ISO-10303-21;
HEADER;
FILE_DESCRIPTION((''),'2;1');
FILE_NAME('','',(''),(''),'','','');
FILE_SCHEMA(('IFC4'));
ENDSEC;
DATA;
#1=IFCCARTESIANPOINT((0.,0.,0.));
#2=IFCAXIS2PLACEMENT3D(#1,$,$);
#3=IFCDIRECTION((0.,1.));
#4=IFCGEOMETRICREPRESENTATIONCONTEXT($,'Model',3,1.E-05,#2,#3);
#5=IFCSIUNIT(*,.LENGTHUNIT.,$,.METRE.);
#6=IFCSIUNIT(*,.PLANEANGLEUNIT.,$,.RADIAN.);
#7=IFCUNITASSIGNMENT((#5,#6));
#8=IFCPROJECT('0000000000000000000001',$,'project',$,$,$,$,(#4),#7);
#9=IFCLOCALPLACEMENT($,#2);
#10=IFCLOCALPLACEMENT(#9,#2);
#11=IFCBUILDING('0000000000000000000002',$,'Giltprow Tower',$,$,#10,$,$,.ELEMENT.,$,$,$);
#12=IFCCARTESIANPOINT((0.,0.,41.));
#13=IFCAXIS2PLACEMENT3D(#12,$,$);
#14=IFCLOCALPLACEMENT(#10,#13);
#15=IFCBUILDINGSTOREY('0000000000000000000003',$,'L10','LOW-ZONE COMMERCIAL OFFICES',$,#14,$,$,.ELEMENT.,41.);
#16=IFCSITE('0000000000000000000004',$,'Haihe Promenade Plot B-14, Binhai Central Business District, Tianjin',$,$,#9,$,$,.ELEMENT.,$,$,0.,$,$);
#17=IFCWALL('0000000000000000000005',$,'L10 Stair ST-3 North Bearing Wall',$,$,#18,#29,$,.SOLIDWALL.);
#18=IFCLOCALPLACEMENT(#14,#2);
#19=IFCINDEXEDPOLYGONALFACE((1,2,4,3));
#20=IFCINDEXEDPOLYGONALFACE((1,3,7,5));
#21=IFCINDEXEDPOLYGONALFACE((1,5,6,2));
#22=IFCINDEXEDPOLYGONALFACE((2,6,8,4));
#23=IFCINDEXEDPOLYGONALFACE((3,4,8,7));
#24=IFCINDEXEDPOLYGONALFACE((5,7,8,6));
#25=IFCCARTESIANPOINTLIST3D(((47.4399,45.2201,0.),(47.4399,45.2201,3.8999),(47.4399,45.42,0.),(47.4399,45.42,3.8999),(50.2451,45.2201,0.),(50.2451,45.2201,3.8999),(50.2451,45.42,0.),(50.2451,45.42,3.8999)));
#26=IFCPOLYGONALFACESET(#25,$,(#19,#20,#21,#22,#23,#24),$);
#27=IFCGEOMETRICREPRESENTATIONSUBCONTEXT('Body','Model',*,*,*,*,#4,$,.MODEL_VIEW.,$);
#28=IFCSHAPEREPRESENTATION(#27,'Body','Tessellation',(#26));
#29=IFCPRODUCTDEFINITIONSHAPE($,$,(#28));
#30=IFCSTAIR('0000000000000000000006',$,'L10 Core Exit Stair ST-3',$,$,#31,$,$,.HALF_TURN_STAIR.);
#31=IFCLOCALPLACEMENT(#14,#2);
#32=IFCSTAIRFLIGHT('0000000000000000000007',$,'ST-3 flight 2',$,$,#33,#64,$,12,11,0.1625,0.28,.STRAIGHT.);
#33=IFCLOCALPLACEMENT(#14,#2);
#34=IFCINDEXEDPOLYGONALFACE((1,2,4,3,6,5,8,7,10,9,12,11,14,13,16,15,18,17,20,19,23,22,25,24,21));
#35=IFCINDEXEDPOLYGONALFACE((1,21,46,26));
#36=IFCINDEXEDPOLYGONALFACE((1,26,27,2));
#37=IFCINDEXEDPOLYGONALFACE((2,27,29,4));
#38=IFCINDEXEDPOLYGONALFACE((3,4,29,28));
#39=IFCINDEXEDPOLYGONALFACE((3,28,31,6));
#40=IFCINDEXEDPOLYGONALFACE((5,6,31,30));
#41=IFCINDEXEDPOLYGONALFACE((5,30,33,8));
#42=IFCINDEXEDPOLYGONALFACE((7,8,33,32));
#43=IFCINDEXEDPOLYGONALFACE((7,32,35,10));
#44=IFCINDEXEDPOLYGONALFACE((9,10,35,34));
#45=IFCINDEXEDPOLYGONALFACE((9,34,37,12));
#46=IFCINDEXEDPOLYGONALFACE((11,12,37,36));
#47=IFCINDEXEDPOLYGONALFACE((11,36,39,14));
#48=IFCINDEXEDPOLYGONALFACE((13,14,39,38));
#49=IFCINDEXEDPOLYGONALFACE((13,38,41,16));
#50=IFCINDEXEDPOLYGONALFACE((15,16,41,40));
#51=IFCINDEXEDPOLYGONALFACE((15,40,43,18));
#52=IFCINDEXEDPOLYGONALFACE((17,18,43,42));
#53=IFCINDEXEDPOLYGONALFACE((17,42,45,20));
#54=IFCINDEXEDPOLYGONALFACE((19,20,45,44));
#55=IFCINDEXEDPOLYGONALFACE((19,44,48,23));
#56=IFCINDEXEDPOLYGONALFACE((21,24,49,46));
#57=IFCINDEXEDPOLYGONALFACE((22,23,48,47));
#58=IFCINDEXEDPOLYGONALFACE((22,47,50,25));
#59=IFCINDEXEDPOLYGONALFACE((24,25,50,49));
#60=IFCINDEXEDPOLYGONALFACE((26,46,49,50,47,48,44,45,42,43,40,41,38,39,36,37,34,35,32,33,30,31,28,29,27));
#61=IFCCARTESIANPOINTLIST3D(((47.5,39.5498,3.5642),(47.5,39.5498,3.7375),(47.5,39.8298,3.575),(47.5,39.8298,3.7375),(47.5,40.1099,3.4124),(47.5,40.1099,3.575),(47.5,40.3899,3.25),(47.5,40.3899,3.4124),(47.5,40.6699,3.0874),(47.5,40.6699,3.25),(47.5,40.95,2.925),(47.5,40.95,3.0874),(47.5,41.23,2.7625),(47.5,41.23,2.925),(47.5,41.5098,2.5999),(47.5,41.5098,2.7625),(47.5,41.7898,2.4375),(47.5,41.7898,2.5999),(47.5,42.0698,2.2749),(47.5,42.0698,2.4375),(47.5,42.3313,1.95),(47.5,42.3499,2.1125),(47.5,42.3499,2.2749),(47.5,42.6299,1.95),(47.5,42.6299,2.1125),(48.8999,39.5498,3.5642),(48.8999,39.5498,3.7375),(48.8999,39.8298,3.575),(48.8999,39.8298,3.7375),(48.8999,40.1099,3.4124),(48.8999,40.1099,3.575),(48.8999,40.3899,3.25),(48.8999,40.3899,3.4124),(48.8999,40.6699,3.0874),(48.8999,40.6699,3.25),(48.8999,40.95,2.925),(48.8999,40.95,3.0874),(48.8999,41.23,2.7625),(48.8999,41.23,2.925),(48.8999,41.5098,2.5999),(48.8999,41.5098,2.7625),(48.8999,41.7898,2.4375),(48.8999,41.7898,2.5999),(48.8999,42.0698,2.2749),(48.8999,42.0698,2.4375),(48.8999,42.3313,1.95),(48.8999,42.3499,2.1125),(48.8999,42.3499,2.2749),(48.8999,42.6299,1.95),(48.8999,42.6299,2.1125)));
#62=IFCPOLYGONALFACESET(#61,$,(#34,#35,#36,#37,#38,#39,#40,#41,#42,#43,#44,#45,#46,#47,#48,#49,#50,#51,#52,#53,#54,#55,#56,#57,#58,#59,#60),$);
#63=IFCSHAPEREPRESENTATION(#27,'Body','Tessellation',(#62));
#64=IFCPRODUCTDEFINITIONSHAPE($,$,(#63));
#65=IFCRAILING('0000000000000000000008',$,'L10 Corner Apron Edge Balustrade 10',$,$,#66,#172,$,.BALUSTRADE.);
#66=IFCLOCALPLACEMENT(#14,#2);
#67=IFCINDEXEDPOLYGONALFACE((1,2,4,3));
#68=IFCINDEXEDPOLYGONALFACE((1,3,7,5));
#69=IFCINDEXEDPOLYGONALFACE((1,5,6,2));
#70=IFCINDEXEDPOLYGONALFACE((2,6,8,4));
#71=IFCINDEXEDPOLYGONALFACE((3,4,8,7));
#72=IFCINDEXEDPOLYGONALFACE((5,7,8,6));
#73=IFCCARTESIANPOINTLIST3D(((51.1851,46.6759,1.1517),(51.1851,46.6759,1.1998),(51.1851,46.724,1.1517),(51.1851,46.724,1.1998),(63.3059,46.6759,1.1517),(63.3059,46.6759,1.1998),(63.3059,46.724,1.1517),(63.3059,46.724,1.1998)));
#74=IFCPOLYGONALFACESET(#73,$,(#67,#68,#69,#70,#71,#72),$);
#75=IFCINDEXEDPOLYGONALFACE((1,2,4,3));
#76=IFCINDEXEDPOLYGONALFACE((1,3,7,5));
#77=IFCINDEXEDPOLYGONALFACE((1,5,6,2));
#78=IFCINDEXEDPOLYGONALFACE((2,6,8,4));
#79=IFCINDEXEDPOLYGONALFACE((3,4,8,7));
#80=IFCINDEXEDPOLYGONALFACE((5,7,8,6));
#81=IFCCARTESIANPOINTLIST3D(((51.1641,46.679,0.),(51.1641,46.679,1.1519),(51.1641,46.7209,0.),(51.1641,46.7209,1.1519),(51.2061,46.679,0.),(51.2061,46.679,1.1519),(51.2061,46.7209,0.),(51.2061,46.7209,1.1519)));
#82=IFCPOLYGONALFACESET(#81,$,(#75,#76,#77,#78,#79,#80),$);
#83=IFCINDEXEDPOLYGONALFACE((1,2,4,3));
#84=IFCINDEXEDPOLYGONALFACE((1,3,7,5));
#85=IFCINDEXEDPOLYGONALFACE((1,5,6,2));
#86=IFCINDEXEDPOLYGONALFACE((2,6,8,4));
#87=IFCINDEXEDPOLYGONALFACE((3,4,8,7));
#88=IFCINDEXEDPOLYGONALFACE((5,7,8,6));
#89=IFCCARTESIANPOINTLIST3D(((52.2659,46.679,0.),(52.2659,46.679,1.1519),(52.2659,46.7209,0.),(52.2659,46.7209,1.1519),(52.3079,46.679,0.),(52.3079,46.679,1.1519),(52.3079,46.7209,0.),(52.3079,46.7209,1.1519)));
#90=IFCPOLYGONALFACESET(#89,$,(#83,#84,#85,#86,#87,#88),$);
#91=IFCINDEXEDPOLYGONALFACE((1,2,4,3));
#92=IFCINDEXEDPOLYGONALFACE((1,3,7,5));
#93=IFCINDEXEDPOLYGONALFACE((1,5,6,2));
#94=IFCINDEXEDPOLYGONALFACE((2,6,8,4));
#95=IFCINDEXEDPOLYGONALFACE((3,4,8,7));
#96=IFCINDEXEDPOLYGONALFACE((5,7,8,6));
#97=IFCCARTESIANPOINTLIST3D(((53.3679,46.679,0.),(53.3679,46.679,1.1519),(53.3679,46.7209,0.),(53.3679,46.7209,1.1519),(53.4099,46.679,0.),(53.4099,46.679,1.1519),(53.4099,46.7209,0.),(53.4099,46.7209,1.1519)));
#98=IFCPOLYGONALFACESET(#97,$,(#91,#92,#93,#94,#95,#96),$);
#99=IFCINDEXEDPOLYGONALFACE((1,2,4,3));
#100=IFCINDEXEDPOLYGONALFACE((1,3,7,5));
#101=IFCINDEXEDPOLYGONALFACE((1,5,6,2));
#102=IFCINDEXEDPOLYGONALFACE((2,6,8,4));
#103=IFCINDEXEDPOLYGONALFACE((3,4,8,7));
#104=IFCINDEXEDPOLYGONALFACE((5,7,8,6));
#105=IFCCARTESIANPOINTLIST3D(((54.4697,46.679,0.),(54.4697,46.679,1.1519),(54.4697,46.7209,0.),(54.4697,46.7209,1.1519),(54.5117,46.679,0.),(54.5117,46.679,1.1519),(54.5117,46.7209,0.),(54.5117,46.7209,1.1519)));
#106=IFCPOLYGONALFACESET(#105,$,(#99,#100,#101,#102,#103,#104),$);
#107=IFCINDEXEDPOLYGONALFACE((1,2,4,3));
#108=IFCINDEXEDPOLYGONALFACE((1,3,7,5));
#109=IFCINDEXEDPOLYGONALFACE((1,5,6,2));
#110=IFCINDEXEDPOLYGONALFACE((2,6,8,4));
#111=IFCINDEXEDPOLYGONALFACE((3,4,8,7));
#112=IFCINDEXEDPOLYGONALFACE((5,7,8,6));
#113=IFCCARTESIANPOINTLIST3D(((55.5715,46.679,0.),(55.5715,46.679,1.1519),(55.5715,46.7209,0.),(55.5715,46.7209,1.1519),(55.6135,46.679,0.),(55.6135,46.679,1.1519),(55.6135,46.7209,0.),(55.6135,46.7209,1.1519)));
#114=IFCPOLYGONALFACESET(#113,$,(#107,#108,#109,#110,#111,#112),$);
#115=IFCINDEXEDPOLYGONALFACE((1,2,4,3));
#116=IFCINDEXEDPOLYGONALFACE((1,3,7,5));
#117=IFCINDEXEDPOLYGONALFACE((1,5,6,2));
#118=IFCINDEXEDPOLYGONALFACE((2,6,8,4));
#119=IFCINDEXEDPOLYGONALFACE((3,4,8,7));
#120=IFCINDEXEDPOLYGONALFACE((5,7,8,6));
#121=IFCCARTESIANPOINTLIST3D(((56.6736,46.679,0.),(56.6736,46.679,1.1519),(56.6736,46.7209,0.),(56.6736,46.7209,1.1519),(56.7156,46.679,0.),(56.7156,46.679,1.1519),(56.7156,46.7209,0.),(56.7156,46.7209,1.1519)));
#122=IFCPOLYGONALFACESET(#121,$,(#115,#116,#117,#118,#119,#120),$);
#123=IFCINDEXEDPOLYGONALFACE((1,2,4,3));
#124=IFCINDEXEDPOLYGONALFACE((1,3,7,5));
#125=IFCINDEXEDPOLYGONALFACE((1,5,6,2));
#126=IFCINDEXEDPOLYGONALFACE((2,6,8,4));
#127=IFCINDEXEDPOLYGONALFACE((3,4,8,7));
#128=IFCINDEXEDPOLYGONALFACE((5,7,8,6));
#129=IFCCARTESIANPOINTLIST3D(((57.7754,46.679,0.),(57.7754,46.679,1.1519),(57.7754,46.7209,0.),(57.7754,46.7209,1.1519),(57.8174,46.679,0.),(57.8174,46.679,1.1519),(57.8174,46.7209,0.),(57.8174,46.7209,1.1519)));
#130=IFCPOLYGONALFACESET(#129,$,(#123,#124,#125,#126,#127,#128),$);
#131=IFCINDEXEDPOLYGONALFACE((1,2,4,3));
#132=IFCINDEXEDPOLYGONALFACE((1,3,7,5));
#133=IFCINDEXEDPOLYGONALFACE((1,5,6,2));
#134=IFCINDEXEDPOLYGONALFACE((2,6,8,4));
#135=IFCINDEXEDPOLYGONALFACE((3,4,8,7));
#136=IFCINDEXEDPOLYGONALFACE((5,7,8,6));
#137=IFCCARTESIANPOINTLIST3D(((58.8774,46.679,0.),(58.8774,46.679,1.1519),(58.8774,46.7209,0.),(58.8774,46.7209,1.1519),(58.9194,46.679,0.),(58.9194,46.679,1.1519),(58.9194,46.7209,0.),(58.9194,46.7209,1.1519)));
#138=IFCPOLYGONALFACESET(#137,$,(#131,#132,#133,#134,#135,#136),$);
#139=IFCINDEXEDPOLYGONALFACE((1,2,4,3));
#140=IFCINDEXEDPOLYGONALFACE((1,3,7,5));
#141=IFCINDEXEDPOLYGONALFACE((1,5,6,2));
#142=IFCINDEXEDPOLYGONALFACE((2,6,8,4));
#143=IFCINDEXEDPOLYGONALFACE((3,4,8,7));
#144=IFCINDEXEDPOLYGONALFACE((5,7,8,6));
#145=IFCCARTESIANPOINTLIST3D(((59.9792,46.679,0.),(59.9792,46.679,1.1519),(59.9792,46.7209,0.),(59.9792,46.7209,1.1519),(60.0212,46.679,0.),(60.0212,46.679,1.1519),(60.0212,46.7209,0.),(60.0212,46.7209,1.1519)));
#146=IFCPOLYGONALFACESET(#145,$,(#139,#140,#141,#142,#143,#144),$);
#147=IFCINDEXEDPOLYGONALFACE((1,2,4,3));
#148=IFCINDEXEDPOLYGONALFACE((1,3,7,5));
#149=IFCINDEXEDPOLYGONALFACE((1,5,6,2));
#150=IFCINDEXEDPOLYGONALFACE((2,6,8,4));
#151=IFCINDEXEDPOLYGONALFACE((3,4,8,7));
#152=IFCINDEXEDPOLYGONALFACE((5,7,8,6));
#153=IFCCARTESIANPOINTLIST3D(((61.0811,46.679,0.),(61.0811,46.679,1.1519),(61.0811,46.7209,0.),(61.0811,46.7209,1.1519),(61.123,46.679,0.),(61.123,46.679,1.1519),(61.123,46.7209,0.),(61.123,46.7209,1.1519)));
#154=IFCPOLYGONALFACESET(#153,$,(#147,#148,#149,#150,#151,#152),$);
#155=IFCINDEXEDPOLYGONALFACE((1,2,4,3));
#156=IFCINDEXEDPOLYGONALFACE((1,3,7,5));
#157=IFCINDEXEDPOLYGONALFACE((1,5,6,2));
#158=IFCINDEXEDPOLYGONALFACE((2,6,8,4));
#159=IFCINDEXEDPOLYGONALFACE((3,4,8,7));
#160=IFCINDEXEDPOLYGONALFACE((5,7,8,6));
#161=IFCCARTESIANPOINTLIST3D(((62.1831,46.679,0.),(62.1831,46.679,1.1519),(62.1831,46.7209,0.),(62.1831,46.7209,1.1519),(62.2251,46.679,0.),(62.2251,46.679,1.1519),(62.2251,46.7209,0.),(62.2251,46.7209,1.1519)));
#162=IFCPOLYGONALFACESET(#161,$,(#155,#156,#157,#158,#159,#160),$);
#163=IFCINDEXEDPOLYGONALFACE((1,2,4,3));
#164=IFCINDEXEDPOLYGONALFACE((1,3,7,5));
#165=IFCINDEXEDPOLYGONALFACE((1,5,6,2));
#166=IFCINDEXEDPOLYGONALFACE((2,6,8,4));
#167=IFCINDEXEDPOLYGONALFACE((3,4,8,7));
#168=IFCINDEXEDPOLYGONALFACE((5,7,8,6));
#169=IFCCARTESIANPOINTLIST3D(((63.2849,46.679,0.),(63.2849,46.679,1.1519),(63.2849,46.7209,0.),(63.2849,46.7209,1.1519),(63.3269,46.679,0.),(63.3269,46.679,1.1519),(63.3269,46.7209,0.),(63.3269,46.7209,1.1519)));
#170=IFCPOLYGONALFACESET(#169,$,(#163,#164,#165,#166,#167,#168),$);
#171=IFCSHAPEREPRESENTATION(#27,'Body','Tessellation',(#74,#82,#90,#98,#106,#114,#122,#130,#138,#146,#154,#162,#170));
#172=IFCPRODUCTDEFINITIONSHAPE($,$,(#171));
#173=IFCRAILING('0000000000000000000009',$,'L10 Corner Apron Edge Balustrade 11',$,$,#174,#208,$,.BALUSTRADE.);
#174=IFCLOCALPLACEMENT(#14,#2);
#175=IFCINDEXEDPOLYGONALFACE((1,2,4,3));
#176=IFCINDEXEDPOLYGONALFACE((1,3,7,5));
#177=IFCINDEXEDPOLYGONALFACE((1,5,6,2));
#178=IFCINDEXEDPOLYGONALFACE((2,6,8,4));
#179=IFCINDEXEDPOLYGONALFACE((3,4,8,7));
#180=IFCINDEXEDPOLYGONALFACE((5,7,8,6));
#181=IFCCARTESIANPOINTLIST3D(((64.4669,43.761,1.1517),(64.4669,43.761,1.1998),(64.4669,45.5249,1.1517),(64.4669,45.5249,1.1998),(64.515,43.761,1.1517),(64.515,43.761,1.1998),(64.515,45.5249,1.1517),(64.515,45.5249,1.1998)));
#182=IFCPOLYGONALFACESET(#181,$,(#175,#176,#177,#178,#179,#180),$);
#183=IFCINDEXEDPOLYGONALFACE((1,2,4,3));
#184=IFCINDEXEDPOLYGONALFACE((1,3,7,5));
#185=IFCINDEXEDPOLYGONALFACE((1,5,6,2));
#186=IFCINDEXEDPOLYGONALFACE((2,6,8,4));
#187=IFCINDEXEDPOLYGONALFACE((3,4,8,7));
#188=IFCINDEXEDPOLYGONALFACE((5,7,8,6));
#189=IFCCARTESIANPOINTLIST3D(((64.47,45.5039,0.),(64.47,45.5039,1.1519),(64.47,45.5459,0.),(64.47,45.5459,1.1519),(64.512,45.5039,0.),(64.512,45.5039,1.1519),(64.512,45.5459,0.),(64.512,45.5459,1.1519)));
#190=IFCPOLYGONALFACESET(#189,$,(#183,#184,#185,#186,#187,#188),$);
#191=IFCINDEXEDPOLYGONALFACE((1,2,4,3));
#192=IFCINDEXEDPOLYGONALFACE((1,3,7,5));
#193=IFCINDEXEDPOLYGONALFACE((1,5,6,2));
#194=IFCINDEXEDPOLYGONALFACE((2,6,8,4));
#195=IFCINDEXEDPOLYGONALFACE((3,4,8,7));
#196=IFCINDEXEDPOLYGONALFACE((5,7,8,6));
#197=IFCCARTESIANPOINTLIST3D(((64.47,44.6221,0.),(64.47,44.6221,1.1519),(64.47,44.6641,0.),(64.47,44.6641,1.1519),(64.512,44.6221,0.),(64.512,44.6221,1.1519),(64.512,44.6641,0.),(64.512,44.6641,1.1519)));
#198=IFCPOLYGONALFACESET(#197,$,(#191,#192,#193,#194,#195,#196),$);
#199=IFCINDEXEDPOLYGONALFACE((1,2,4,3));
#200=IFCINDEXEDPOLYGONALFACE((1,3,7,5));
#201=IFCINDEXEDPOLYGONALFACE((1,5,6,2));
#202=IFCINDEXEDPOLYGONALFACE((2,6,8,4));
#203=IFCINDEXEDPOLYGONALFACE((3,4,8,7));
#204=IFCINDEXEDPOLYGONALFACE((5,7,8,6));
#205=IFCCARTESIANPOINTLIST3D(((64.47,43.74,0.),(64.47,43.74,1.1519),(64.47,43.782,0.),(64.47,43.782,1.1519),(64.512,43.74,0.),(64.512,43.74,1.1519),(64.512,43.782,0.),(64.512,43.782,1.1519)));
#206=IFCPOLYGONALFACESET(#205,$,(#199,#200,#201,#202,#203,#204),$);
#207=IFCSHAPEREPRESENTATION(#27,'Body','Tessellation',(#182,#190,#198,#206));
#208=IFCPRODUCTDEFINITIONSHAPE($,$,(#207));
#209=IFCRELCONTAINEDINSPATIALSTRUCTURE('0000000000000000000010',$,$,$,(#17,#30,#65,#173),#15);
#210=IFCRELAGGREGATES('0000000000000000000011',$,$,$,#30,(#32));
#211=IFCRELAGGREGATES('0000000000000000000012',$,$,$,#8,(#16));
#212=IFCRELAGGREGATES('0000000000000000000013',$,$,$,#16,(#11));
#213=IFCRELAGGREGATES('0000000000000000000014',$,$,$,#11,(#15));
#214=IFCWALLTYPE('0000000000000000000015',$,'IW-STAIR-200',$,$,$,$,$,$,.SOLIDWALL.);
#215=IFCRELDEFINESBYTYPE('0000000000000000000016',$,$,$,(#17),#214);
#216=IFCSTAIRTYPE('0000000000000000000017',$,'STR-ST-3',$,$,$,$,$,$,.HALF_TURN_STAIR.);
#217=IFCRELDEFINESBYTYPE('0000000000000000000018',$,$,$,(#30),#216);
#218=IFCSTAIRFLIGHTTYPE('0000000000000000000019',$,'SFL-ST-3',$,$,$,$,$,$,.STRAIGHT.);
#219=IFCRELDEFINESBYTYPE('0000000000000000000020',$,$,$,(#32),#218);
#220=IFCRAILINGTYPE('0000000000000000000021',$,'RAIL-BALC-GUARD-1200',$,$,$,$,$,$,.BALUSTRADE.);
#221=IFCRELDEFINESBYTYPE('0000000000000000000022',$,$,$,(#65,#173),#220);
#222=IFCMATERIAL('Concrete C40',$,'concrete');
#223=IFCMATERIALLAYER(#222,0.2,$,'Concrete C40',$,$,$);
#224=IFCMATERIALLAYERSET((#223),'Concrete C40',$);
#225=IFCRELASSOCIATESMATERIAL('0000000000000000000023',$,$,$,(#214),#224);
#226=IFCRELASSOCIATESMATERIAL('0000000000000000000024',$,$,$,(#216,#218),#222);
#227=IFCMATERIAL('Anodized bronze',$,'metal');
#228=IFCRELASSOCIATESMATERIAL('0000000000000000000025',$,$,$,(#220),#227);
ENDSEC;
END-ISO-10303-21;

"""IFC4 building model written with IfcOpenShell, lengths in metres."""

from ifc_helpers import new_model, si_unit, direction, frame, frame_2d, origin, origin_2d, place, context, subcontext, project, spatial, polyline, rectangle, outline, extrude, material, layer, layer_set, type_object, element, aggregate, save


model = new_model("IFC4")

# Units and contexts
model_context = context("Model", 3, precision=1e-05, world=origin(), true_north=direction((0.0, 1.0)))
body_context = subcontext(model_context, "Body", "Model", "MODEL_VIEW")
ifc_project = project(units=[si_unit("LENGTHUNIT", "METRE"), si_unit("PLANEANGLEUNIT", "RADIAN")], contexts=[model_context])

# Site, building, storey
site_placement = place(None, origin())
site = spatial("IfcSite", under=ifc_project, at=site_placement, Name="Haihe Promenade Plot B-14, Binhai Central Business District, Tianjin", CompositionType="ELEMENT", RefElevation=0.0)
building_placement = place(site_placement, origin())
building = spatial("IfcBuilding", under=site, at=building_placement, Name="Giltprow Tower", CompositionType="ELEMENT")
storey_placement = place(building_placement, frame((0.0, 0.0, 41.0)))
storey = spatial("IfcBuildingStorey", under=building, at=storey_placement, Name="L10", Description="LOW-ZONE COMMERCIAL OFFICES", CompositionType="ELEMENT", Elevation=41.0)

# Wall
ifc_material_1 = material(Name="Concrete C40", Category="concrete")
ifc_layer_1 = layer(ifc_material_1, 0.2, Name="Concrete C40")
ifc_layer_set_1 = layer_set([ifc_layer_1], Name="Concrete C40")
wall_type_1 = type_object("IfcWallType", Name="IW-STAIR-200", PredefinedType="SOLIDWALL", material=ifc_layer_set_1)
wall_1_placement = place(storey_placement, frame((47.4399, 45.3201, 0.0), z_axis=(0.0, 0.0, 1.0), x_axis=(1.0, 0.0, 0.0)))
element("IfcWall", 1, at=wall_1_placement, inside=storey, type_object=wall_type_1, Name="L10 Stair ST-3 North Bearing Wall", PredefinedType="SOLIDWALL", context=body_context, shape_type="SweptSolid", body=[
    extrude(rectangle(XDim=2.8052, YDim=0.2, at=frame_2d((1.4026, 0.0))), origin(), (0.0, 0.0, 1.0), 3.8999),
])

# Stair, stair flight
stair_type = type_object("IfcStairType", Name="STR-ST-3", PredefinedType="HALF_TURN_STAIR", material=ifc_material_1)
stair_placement = place(storey_placement, origin())
stair = element("IfcStair", 2, at=stair_placement, inside=storey, type_object=stair_type, Name="L10 Core Exit Stair ST-3", PredefinedType="HALF_TURN_STAIR")
stair_flight_type = type_object("IfcStairFlightType", Name="SFL-ST-3", PredefinedType="STRAIGHT", material=ifc_material_1)
stair_flight_placement = place(storey_placement, frame((48.2, 42.6299, 1.95), z_axis=(0.0, 0.0, 1.0), x_axis=(0.0, -1.0, 0.0)))
stair_flight = element("IfcStairFlight", 3, at=stair_flight_placement, type_object=stair_flight_type, Name="ST-3 flight 2", NumberOfRisers=12, NumberOfTreads=11, PredefinedType="STRAIGHT", RiserHeight=0.1625, TreadLength=0.28, context=body_context, shape_type="SweptSolid", body=[
    extrude(outline(polyline([(0.0, 0.0), (0.0, 0.1626), (0.28, 0.1626), (0.28, 0.325), (0.5601, 0.325), (0.5601, 0.4875), (0.8401, 0.4875), (0.8401, 0.6499), (1.1201, 0.6499), (1.1201, 0.8125), (1.3999, 0.8125), (1.3999, 0.9751), (1.6799, 0.9751), (1.6799, 1.1375), (1.96, 1.1375), (1.96, 1.3), (2.24, 1.3), (2.24, 1.4624), (2.52, 1.4624), (2.52, 1.625), (2.8, 1.625), (2.8, 1.7876), (3.0801, 1.7876), (3.0801, 1.95), (3.0801, 1.6143), (0.2986, 0.0), (0.0, 0.0)])), frame((0.0, 0.7, 0.0), z_axis=(0.0, -1.0, 0.0), x_axis=(1.0, 0.0, 0.0)), (0.0, 0.0, 1.0), 1.3999),
])
aggregate(stair, [stair_flight])

# Railings
ifc_material_2 = material(Name="Anodized bronze", Category="metal")
railing_type_1 = type_object("IfcRailingType", Name="RAIL-BALC-GUARD-1200", PredefinedType="BALUSTRADE", material=ifc_material_2)
railing_1_placement = place(storey_placement, frame((51.1851, 46.7, 0.0)))
element("IfcRailing", 4, at=railing_1_placement, inside=storey, type_object=railing_type_1, Name="L10 Corner Apron Edge Balustrade 10", PredefinedType="BALUSTRADE", context=body_context, shape_type="SweptSolid", body=[
    extrude(rectangle(XDim=0.0481, YDim=0.0481, at=origin_2d()), frame((0.0, 0.0, 1.1758), z_axis=(1.0, 0.0, 0.0), x_axis=(0.0, 1.0, 0.0)), (0.0, 0.0, 1.0), 12.1208),
    extrude(rectangle(XDim=0.042, YDim=0.042, at=origin_2d()), origin(), (0.0, 0.0, 1.0), 1.1519),
    extrude(rectangle(XDim=0.042, YDim=0.042, at=origin_2d()), frame((1.1018, 0.0, 0.0)), (0.0, 0.0, 1.0), 1.1519),
    extrude(rectangle(XDim=0.042, YDim=0.042, at=origin_2d()), frame((2.2039, 0.0, 0.0)), (0.0, 0.0, 1.0), 1.1519),
    extrude(rectangle(XDim=0.042, YDim=0.042, at=origin_2d()), frame((3.3057, 0.0, 0.0)), (0.0, 0.0, 1.0), 1.1519),
    extrude(rectangle(XDim=0.042, YDim=0.042, at=origin_2d()), frame((4.4075, 0.0, 0.0)), (0.0, 0.0, 1.0), 1.1519),
    extrude(rectangle(XDim=0.042, YDim=0.042, at=origin_2d()), frame((5.5095, 0.0, 0.0)), (0.0, 0.0, 1.0), 1.1519),
    extrude(rectangle(XDim=0.042, YDim=0.042, at=origin_2d()), frame((6.6113, 0.0, 0.0)), (0.0, 0.0, 1.0), 1.1519),
    extrude(rectangle(XDim=0.042, YDim=0.042, at=origin_2d()), frame((7.7134, 0.0, 0.0)), (0.0, 0.0, 1.0), 1.1519),
    extrude(rectangle(XDim=0.042, YDim=0.042, at=origin_2d()), frame((8.8152, 0.0, 0.0)), (0.0, 0.0, 1.0), 1.1519),
    extrude(rectangle(XDim=0.042, YDim=0.042, at=origin_2d()), frame((9.917, 0.0, 0.0)), (0.0, 0.0, 1.0), 1.1519),
    extrude(rectangle(XDim=0.042, YDim=0.042, at=origin_2d()), frame((11.019, 0.0, 0.0)), (0.0, 0.0, 1.0), 1.1519),
    extrude(rectangle(XDim=0.042, YDim=0.042, at=origin_2d()), frame((12.1208, 0.0, 0.0)), (0.0, 0.0, 1.0), 1.1519),
])
railing_2_placement = place(storey_placement, frame((64.491, 45.5249, 0.0)))
element("IfcRailing", 5, at=railing_2_placement, inside=storey, type_object=railing_type_1, Name="L10 Corner Apron Edge Balustrade 11", PredefinedType="BALUSTRADE", context=body_context, shape_type="SweptSolid", body=[
    extrude(rectangle(XDim=0.0481, YDim=0.0481, at=origin_2d()), frame((0.0, 0.0, 1.1758), z_axis=(0.0, -1.0, 0.0), x_axis=(1.0, 0.0, 0.0)), (0.0, 0.0, 1.0), 1.7639),
    extrude(rectangle(XDim=0.042, YDim=0.042, at=origin_2d()), origin(), (0.0, 0.0, 1.0), 1.1519),
    extrude(rectangle(XDim=0.042, YDim=0.042, at=origin_2d()), frame((0.0, -0.8818, 0.0)), (0.0, 0.0, 1.0), 1.1519),
    extrude(rectangle(XDim=0.042, YDim=0.042, at=origin_2d()), frame((0.0, -1.7639, 0.0)), (0.0, 0.0, 1.0), 1.1519),
])

save(model, "model.ifc")
